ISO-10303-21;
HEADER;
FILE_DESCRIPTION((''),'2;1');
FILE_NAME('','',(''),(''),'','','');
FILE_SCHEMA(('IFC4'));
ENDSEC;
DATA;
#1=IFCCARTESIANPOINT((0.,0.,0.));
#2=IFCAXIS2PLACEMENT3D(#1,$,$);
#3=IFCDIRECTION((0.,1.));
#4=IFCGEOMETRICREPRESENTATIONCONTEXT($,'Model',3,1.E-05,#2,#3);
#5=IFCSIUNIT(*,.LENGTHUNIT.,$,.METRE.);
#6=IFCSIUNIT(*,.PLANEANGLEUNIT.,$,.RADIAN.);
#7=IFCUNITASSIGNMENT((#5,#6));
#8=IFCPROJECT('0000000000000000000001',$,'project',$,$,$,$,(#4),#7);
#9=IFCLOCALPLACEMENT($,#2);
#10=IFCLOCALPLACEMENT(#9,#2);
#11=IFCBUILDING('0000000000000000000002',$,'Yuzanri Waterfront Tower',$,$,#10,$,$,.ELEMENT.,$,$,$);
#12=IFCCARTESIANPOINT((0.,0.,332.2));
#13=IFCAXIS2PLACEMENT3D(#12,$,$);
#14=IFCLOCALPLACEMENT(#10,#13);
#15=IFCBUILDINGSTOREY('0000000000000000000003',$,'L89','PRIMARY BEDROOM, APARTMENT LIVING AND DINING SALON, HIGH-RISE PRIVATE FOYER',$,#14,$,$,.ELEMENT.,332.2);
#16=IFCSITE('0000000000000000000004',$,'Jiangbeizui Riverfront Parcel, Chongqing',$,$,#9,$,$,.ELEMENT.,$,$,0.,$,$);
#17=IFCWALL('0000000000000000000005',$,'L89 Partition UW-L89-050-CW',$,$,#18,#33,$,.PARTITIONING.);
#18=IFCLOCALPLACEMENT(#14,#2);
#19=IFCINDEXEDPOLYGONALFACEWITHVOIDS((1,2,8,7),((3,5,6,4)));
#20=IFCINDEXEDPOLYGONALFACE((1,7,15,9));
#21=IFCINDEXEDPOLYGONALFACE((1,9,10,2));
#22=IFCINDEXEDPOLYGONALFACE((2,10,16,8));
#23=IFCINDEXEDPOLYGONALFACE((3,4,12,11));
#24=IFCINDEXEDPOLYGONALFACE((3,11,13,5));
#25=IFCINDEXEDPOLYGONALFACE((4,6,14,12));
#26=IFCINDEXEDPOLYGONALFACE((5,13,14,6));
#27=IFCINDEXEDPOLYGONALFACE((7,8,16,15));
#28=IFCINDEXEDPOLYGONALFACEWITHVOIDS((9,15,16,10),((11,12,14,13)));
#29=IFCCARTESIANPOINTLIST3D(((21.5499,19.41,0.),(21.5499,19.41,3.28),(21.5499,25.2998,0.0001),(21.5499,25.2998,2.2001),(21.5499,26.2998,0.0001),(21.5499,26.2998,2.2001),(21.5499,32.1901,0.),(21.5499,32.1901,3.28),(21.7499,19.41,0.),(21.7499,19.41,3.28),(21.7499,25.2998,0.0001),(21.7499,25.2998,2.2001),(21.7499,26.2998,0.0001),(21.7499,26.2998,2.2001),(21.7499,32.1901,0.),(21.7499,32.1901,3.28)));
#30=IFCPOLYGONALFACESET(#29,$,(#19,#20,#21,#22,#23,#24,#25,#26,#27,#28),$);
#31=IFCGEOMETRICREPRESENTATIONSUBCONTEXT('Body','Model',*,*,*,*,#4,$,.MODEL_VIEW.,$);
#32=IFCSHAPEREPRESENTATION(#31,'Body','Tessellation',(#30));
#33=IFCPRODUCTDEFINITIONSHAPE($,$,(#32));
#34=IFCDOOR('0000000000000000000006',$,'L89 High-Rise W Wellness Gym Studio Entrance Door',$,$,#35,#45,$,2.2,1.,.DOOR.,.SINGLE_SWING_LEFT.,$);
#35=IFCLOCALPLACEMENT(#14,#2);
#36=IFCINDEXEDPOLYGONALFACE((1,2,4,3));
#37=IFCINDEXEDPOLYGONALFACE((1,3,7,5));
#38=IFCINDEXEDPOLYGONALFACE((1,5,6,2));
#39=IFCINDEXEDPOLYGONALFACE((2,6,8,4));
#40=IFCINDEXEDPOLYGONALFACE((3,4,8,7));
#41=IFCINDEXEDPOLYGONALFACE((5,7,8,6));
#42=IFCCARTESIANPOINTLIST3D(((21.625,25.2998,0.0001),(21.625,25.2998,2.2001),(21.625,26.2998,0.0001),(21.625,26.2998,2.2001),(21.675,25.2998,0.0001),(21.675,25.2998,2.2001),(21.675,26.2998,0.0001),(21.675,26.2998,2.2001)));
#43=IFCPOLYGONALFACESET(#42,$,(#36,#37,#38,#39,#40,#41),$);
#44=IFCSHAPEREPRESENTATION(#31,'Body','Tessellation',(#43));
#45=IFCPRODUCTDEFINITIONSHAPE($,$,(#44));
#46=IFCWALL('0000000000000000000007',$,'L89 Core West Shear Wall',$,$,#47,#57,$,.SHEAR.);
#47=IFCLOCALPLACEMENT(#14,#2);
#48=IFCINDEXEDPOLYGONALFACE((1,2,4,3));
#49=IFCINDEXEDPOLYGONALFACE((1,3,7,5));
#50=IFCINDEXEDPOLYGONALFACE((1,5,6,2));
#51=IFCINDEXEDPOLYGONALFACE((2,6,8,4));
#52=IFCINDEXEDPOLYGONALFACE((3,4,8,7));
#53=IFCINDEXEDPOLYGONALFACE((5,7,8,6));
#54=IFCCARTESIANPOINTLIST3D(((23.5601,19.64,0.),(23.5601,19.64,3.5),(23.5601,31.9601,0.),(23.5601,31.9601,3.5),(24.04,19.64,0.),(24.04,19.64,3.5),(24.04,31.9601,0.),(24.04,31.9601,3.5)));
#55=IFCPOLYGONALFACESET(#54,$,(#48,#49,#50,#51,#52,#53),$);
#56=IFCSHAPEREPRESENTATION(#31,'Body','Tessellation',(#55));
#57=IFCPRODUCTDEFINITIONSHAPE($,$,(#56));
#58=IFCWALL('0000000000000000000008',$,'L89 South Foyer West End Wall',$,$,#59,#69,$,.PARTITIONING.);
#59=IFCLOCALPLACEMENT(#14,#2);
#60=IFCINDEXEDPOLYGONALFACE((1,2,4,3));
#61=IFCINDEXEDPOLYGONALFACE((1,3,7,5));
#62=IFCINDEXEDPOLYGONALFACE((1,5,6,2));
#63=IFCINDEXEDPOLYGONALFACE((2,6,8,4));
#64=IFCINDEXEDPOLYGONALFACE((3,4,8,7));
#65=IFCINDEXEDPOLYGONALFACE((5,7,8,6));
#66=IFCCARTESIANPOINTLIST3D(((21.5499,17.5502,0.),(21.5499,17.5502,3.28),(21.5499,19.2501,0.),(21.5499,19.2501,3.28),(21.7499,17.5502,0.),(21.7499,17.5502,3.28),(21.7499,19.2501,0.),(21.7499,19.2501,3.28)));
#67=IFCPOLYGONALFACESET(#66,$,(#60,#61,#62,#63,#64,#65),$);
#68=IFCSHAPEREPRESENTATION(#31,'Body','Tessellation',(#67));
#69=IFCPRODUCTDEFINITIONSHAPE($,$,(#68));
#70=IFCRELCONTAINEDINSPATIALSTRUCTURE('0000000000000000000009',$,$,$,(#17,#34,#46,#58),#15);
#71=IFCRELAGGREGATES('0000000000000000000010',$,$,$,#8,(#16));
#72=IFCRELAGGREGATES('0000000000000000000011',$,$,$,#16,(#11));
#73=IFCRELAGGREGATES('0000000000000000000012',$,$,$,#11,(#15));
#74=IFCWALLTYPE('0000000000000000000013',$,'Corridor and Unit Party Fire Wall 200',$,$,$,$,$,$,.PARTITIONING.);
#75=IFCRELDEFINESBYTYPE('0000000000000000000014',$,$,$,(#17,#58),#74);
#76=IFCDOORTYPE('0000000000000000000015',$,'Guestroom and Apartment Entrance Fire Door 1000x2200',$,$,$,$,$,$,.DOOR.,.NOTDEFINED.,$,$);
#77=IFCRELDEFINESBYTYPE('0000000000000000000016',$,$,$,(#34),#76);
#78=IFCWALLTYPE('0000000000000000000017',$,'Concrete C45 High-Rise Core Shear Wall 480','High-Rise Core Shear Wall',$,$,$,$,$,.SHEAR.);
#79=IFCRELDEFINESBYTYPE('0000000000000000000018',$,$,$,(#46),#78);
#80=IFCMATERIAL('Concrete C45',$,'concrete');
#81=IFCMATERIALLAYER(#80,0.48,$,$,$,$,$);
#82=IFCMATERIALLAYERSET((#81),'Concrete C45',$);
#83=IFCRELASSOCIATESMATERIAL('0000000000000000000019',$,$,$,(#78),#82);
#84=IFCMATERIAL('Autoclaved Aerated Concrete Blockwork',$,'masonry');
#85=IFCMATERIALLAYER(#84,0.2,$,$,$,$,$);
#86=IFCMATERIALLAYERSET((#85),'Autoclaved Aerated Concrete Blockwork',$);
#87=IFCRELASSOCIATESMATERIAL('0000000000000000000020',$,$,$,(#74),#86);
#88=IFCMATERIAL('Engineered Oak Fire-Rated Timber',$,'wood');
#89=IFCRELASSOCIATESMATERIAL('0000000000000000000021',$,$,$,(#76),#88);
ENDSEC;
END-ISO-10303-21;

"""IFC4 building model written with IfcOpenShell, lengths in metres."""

from ifc_helpers import new_model, si_unit, direction, frame, frame_2d, origin, place, context, subcontext, project, spatial, rectangle, extrude, source, transform, mapped, material, layer, layer_set, type_object, element, fill, save


model = new_model("IFC4")

# Units and contexts
model_context = context("Model", 3, precision=1e-05, world=origin(), true_north=direction((0.0, 1.0)))
body_context = subcontext(model_context, "Body", "Model", "MODEL_VIEW")
ifc_project = project(units=[si_unit("LENGTHUNIT", "METRE"), si_unit("PLANEANGLEUNIT", "RADIAN")], contexts=[model_context])

# Site, building, storey
site_placement = place(None, origin())
site = spatial("IfcSite", under=ifc_project, at=site_placement, Name="Jiangbeizui Riverfront Parcel, Chongqing", CompositionType="ELEMENT", RefElevation=0.0)
building_placement = place(site_placement, origin())
building = spatial("IfcBuilding", under=site, at=building_placement, Name="Yuzanri Waterfront Tower", CompositionType="ELEMENT")
storey_placement = place(building_placement, frame((0.0, 0.0, 332.2)))
storey = spatial("IfcBuildingStorey", under=building, at=storey_placement, Name="L89", Description="PRIMARY BEDROOM, APARTMENT LIVING AND DINING SALON, HIGH-RISE PRIVATE FOYER", CompositionType="ELEMENT", Elevation=332.2)

# Shared definitions
ifc_material_1 = material(Name="Concrete C45", Category="concrete")
ifc_layer_1 = layer(ifc_material_1, 0.48)
ifc_layer_set_1 = layer_set([ifc_layer_1], Name="Concrete C45")
wall_type_1 = type_object("IfcWallType", Name="Concrete C45 High-Rise Core Shear Wall 480", Description="High-Rise Core Shear Wall", PredefinedType="SHEAR", material=ifc_layer_set_1)

# Wall, opening, door
ifc_material_2 = material(Name="Autoclaved Aerated Concrete Blockwork", Category="masonry")
ifc_layer_2 = layer(ifc_material_2, 0.2)
ifc_layer_set_2 = layer_set([ifc_layer_2], Name="Autoclaved Aerated Concrete Blockwork")
wall_type_2 = type_object("IfcWallType", Name="Corridor and Unit Party Fire Wall 200", PredefinedType="PARTITIONING", material=ifc_layer_set_2)
wall_1_placement = place(storey_placement, frame((21.6499, 19.4099, 0.0), z_axis=(0.0, 0.0, 1.0), x_axis=(0.0, 1.0, 0.0)))
wall_1 = element("IfcWall", 1, at=wall_1_placement, inside=storey, type_object=wall_type_2, Name="L89 Partition UW-L89-050-CW", PredefinedType="PARTITIONING", context=body_context, shape_type="SweptSolid", body=[
    extrude(rectangle(XDim=12.78, YDim=0.2, at=frame_2d((6.3901, 0.0))), origin(), (0.0, 0.0, 1.0), 3.28),
])
opening_1_placement = place(wall_1_placement, frame((5.8899, 0.0, 0.0)))
opening_1 = element("IfcOpeningElement", 2, at=opening_1_placement, cuts=wall_1, PredefinedType="OPENING", context=body_context, shape_type="SweptSolid", body=[
    extrude(rectangle(XDim=1.0, YDim=2.2, at=frame_2d((0.5, 1.1001))), frame((0.0, 0.1147, 0.0), z_axis=(0.0, -1.0, 0.0), x_axis=(1.0, 0.0, 0.0)), (0.0, 0.0, 1.0), 0.2297),
])
ifc_material_3 = material(Name="Engineered Oak Fire-Rated Timber", Category="wood")
door_type_1 = type_object("IfcDoorType", Name="Guestroom and Apartment Entrance Fire Door 1000x2200", OperationType="NOTDEFINED", PredefinedType="DOOR", material=ifc_material_3)
shared_shape_1 = source(origin(), body_context, "Body", "SweptSolid", [
    extrude(rectangle(XDim=1.0, YDim=2.2, at=frame_2d((0.5, 1.1001))), frame((0.0, 0.0249, 0.0), z_axis=(0.0, -1.0, 0.0), x_axis=(1.0, 0.0, 0.0)), (0.0, 0.0, 1.0), 0.05),
])
door_1_placement = place(opening_1_placement, origin())
door_1 = element("IfcDoor", 3, at=door_1_placement, inside=storey, type_object=door_type_1, Name="L89 High-Rise W Wellness Gym Studio Entrance Door", OperationType="SINGLE_SWING_LEFT", OverallHeight=2.2, OverallWidth=1.0, PredefinedType="DOOR", context=body_context, shape_type="MappedRepresentation", body=[
    mapped(shared_shape_1, transform((0.0, 0.0, 0.0), scale=1.0)),
])
fill(opening_1, door_1)

# Walls
shared_shape_2 = source(origin(), body_context, "Body", "SweptSolid", [
    extrude(rectangle(XDim=12.3201, YDim=0.48, at=frame_2d((6.1602, 0.0))), origin(), (0.0, 0.0, 1.0), 3.5),
])
wall_2_placement = place(storey_placement, frame((23.8, 19.6399, 0.0), z_axis=(0.0, 0.0, 1.0), x_axis=(0.0, 1.0, 0.0)))
element("IfcWall", 4, at=wall_2_placement, inside=storey, type_object=wall_type_1, Name="L89 Core West Shear Wall", PredefinedType="SHEAR", context=body_context, shape_type="MappedRepresentation", body=[
    mapped(shared_shape_2, transform((0.0, 0.0, 0.0), scale=1.0)),
])
shared_shape_3 = source(origin(), body_context, "Body", "SweptSolid", [
    extrude(rectangle(XDim=1.7, YDim=0.2, at=frame_2d((0.8501, 0.0))), origin(), (0.0, 0.0, 1.0), 3.28),
])
wall_3_placement = place(storey_placement, frame((21.6499, 17.55, 0.0), z_axis=(0.0, 0.0, 1.0), x_axis=(0.0, 1.0, 0.0)))
element("IfcWall", 5, at=wall_3_placement, inside=storey, type_object=wall_type_2, Name="L89 South Foyer West End Wall", PredefinedType="PARTITIONING", context=body_context, shape_type="MappedRepresentation", body=[
    mapped(shared_shape_3, transform((0.0, 0.0, 0.0), scale=1.0)),
])

save(model, "model.ifc")
